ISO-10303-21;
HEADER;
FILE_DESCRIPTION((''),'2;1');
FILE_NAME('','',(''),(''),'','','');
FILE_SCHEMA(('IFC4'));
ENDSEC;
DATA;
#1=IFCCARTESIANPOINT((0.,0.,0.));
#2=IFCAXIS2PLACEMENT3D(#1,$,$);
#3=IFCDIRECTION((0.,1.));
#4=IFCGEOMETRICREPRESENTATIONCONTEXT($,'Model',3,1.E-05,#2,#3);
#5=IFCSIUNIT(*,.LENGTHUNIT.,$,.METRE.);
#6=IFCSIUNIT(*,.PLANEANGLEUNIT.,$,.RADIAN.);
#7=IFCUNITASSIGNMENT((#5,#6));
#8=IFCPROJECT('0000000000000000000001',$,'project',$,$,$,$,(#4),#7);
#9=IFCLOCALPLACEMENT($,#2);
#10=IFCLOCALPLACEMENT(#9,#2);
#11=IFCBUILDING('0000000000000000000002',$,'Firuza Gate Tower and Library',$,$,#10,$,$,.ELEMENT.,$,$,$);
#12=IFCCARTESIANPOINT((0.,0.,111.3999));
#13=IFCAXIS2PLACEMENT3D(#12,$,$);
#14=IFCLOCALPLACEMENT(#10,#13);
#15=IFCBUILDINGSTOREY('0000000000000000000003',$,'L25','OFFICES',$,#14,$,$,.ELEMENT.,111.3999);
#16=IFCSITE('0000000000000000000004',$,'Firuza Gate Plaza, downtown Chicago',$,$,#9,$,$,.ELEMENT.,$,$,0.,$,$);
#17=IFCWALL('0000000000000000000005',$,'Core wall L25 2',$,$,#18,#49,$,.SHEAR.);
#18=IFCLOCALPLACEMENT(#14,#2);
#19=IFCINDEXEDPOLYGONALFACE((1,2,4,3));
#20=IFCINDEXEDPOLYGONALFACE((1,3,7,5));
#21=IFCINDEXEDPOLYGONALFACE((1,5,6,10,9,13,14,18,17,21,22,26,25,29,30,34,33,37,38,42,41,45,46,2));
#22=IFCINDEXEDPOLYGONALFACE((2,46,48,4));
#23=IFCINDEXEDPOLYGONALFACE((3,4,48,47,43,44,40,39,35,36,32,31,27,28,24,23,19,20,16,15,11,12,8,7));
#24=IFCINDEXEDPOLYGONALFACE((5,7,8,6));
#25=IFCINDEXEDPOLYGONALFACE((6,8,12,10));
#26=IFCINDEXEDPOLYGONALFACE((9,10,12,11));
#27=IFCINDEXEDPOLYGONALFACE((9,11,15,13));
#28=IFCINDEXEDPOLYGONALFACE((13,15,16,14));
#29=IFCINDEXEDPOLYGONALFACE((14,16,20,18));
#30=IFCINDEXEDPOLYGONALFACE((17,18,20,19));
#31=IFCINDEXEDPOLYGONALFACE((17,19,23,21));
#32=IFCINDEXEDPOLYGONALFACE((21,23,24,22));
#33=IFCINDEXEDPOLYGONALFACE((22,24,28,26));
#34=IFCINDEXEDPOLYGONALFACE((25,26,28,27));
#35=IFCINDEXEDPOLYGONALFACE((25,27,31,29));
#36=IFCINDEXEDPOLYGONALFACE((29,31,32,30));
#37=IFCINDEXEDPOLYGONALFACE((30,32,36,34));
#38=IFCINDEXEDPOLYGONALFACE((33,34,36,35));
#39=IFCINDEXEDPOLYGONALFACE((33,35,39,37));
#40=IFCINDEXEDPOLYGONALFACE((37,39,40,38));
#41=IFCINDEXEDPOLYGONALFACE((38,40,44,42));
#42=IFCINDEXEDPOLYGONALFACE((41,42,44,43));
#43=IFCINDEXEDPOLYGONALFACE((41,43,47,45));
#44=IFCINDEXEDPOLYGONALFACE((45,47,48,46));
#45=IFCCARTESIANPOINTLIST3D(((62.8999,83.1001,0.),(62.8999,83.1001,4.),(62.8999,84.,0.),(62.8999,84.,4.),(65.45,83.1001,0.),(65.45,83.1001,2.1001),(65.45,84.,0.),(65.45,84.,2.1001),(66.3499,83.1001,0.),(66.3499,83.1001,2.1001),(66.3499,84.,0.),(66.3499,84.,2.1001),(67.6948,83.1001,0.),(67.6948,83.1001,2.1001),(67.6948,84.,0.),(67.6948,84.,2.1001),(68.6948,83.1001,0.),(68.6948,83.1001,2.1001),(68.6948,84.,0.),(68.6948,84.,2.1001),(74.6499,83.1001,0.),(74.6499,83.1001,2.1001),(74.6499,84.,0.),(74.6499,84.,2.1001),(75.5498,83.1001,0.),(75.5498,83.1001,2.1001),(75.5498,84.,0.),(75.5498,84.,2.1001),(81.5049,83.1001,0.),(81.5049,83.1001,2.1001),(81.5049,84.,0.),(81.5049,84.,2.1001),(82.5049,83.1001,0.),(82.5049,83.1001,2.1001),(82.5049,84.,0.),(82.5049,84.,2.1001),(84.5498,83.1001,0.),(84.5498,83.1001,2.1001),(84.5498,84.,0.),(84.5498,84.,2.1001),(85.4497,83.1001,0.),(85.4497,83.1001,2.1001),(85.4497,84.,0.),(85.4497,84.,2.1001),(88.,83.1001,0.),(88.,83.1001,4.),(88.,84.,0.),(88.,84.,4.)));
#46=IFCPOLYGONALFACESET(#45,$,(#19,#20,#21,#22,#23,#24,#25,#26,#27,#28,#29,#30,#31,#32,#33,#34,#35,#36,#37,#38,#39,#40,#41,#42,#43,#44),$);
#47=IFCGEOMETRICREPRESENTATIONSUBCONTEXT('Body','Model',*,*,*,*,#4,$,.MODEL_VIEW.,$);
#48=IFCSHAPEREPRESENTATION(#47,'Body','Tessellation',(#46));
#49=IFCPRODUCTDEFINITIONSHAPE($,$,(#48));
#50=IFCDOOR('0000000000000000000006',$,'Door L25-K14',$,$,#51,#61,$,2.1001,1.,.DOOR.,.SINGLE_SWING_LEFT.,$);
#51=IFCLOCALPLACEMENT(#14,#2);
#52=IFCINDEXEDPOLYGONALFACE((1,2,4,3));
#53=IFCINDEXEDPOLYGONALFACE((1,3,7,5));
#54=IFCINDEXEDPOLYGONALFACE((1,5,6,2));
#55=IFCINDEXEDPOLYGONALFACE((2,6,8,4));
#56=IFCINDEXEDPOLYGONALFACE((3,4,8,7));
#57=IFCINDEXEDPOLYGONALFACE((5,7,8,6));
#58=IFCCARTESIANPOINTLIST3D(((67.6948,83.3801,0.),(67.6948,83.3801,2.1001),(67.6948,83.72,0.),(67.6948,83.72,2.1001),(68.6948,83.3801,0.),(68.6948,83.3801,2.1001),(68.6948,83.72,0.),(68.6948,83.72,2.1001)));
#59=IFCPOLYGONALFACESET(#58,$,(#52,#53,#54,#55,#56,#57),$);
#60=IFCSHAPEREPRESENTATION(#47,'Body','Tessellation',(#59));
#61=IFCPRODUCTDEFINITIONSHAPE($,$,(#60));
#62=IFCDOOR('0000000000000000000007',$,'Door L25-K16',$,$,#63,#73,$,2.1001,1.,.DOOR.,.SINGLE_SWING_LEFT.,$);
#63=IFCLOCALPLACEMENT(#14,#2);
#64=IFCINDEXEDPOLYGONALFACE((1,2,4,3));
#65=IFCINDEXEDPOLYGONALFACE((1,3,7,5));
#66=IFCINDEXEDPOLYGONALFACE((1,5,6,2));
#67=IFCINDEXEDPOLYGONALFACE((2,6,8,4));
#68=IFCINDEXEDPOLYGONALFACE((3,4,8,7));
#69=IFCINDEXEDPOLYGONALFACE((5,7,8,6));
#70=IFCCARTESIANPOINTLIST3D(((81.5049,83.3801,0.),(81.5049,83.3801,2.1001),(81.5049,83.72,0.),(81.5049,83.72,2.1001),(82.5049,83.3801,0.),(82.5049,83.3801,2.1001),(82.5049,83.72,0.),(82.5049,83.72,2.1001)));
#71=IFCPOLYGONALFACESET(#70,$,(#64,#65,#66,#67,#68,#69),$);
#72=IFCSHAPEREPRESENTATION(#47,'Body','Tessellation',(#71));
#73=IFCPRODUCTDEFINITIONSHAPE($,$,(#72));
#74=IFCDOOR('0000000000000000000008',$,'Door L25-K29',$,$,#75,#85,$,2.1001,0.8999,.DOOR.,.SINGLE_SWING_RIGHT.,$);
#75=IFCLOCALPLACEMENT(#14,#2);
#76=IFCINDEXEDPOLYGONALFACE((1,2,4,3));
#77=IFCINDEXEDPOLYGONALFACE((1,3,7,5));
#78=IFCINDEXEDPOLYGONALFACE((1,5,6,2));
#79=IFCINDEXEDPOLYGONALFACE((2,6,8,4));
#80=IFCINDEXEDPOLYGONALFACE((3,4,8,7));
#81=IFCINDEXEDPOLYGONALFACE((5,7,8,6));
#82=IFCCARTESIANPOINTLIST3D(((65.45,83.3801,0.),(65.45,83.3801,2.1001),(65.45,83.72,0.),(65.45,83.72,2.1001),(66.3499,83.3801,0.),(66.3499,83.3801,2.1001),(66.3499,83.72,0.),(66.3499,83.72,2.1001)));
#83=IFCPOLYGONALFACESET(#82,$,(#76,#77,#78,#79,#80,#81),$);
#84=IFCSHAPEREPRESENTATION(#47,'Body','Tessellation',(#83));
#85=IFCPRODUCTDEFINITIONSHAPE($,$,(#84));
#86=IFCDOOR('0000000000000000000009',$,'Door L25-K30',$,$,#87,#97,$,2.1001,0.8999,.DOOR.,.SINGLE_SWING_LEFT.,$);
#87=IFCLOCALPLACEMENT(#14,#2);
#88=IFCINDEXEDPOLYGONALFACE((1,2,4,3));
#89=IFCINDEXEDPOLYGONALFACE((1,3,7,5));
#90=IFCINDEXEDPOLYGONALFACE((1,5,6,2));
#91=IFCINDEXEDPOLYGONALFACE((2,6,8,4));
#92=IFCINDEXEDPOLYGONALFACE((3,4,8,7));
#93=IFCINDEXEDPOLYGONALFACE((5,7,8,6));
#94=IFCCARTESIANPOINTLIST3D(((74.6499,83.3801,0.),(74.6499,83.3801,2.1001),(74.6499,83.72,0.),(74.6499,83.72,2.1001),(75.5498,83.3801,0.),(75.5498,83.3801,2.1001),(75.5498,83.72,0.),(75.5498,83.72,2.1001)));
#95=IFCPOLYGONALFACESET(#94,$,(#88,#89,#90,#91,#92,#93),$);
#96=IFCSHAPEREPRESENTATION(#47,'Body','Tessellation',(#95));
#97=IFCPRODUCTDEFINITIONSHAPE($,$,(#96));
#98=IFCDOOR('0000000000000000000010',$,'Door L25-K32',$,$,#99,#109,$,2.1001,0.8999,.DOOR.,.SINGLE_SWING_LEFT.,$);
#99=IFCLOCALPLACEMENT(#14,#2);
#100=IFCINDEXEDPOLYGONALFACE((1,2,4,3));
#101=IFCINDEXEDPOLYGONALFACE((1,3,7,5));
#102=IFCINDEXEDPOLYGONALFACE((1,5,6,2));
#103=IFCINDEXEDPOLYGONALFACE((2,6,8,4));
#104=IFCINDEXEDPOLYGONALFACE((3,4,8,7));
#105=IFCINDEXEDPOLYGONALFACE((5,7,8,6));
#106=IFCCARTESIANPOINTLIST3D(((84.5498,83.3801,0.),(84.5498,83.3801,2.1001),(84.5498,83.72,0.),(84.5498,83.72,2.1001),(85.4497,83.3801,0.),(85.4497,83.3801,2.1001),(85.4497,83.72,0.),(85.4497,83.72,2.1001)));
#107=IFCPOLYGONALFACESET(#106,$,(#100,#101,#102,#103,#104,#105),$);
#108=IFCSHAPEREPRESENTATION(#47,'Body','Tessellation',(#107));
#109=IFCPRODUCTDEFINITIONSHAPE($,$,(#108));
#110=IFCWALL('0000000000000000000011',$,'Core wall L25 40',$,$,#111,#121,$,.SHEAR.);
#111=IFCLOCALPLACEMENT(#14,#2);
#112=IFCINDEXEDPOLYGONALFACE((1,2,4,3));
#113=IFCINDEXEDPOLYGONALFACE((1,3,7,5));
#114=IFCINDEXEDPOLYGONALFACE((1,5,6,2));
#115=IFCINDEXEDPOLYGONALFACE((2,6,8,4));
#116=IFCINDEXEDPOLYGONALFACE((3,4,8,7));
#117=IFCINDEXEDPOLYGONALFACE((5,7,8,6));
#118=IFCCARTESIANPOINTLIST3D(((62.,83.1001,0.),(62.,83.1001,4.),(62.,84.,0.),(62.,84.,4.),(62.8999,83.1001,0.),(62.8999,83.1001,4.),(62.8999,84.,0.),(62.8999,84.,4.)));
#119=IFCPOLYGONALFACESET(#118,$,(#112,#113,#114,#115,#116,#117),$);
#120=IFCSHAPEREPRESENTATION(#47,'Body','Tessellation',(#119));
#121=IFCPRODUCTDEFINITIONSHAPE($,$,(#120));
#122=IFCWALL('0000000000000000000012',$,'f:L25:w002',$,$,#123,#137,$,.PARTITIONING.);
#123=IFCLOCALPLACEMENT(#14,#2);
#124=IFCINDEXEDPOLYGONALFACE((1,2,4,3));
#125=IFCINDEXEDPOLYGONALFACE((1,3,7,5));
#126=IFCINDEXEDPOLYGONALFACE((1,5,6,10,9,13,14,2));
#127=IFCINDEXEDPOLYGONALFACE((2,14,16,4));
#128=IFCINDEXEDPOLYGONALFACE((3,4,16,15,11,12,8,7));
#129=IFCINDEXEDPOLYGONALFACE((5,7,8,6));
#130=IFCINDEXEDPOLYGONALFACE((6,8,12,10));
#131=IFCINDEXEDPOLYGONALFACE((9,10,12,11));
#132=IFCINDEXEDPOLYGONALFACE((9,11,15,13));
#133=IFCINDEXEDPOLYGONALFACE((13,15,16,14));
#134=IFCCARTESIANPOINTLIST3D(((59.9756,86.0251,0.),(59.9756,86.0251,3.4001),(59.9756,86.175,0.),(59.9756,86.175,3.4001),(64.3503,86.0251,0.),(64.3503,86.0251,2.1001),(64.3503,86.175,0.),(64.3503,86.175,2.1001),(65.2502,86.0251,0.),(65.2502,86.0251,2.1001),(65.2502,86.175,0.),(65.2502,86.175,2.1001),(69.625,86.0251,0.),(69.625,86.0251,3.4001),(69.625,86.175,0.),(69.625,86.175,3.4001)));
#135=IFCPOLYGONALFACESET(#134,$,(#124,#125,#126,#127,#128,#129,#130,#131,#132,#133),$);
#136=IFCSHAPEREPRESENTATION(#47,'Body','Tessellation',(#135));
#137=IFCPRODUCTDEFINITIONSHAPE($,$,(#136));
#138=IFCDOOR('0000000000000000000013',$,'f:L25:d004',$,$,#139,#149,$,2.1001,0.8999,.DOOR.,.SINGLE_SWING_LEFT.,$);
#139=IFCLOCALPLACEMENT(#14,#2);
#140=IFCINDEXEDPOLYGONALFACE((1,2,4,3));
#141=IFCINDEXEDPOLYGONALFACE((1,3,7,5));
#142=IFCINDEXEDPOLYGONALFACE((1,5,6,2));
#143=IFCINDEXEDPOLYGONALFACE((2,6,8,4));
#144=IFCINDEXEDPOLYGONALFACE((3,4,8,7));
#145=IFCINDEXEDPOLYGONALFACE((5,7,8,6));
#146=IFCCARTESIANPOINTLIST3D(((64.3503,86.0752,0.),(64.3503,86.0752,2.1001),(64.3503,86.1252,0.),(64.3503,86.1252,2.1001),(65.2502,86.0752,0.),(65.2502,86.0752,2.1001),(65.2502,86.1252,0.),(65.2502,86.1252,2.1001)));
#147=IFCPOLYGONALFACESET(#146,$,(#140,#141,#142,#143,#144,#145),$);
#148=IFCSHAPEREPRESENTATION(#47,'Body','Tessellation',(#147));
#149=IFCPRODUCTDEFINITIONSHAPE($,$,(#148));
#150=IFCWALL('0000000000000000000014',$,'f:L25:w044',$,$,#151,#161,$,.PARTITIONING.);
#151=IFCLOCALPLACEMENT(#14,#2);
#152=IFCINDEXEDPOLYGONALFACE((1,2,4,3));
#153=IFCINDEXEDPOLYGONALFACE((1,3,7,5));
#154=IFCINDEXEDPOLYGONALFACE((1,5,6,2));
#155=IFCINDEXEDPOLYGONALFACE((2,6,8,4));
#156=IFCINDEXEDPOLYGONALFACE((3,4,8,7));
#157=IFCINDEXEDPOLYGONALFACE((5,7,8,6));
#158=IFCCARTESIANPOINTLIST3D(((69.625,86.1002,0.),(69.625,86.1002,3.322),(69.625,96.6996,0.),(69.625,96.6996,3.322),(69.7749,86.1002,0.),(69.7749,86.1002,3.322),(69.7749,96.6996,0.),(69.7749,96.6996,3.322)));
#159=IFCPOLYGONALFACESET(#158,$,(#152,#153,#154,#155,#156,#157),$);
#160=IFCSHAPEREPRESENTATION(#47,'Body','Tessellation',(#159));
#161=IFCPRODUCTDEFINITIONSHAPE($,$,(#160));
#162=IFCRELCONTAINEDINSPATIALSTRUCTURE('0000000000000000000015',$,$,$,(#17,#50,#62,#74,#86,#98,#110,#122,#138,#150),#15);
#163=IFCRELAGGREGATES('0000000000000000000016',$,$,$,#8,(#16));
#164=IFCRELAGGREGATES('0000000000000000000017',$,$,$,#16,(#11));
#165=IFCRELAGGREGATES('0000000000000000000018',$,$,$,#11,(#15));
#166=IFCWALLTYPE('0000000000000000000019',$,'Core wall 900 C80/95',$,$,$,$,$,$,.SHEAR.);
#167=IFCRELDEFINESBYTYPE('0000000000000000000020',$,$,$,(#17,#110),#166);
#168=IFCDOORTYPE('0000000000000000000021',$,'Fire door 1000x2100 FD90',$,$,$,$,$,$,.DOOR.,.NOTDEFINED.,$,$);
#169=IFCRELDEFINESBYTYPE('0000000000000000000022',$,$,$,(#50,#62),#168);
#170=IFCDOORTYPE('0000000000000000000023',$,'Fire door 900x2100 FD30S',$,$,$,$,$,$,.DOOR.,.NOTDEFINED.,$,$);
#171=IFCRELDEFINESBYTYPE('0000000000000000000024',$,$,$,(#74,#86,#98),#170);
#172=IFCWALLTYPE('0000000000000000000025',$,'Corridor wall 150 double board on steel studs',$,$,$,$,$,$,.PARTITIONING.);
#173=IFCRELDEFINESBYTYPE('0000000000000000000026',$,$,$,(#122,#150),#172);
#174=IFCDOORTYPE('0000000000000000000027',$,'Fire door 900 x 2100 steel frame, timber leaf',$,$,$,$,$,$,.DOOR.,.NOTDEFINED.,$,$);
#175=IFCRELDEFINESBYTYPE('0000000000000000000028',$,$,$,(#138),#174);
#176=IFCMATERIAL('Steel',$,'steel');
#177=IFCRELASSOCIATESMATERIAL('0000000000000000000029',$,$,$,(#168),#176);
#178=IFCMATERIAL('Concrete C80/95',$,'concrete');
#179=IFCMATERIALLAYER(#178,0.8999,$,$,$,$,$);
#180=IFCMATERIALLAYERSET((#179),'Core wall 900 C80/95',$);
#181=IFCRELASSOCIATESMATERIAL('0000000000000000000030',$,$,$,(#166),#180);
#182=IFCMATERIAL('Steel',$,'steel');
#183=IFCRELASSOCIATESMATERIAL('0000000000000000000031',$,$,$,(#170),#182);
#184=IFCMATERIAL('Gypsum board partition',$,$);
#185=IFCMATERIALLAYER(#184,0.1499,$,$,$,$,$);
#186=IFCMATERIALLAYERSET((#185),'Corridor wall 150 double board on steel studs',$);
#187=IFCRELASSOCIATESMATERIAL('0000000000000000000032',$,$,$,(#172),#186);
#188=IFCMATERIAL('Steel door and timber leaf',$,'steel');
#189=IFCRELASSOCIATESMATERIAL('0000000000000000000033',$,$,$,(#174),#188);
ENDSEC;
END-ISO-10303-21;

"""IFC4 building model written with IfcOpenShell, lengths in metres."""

from ifc_helpers import new_model, si_unit, direction, frame, frame_2d, origin, place, context, subcontext, project, spatial, rectangle, extrude, material, layer, layer_set, type_object, element, fill, save


model = new_model("IFC4")

# Units and contexts
model_context = context("Model", 3, precision=1e-05, world=origin(), true_north=direction((0.0, 1.0)))
body_context = subcontext(model_context, "Body", "Model", "MODEL_VIEW")
ifc_project = project(units=[si_unit("LENGTHUNIT", "METRE"), si_unit("PLANEANGLEUNIT", "RADIAN")], contexts=[model_context])

# Site, building, storey
site_placement = place(None, origin())
site = spatial("IfcSite", under=ifc_project, at=site_placement, Name="Firuza Gate Plaza, downtown Chicago", CompositionType="ELEMENT", RefElevation=0.0)
building_placement = place(site_placement, origin())
building = spatial("IfcBuilding", under=site, at=building_placement, Name="Firuza Gate Tower and Library", CompositionType="ELEMENT")
storey_placement = place(building_placement, frame((0.0, 0.0, 111.3999)))
storey = spatial("IfcBuildingStorey", under=building, at=storey_placement, Name="L25", Description="OFFICES", CompositionType="ELEMENT", Elevation=111.3999)

# Shared definitions
ifc_material_1 = material(Name="Steel", Category="steel")
door_type_1 = type_object("IfcDoorType", Name="Fire door 1000x2100 FD90", OperationType="NOTDEFINED", PredefinedType="DOOR", material=ifc_material_1)

# Wall, openings, doors
ifc_material_2 = material(Name="Concrete C80/95", Category="concrete")
ifc_layer_1 = layer(ifc_material_2, 0.8999)
ifc_layer_set_1 = layer_set([ifc_layer_1], Name="Core wall 900 C80/95")
wall_type_1 = type_object("IfcWallType", Name="Core wall 900 C80/95", PredefinedType="SHEAR", material=ifc_layer_set_1)
wall_1_placement = place(storey_placement, frame((62.8999, 83.55, 0.0), z_axis=(0.0, 0.0, 1.0), x_axis=(1.0, 0.0, 0.0)))
wall_1 = element("IfcWall", 1, at=wall_1_placement, inside=storey, type_object=wall_type_1, Name="Core wall L25 2", PredefinedType="SHEAR", context=body_context, shape_type="SweptSolid", body=[
    extrude(rectangle(XDim=25.1001, YDim=0.8999, at=frame_2d((12.55, 0.0))), origin(), (0.0, 0.0, 1.0), 4.0),
])
opening_1_placement = place(wall_1_placement, frame((4.7949, 0.0, 0.0)))
opening_1 = element("IfcOpeningElement", 2, at=opening_1_placement, cuts=wall_1, PredefinedType="OPENING", context=body_context, shape_type="SweptSolid", body=[
    extrude(rectangle(XDim=1.0, YDim=2.1001, at=frame_2d((0.5, 1.05))), frame((0.0, 0.46, 0.0), z_axis=(0.0, -1.0, 0.0), x_axis=(1.0, 0.0, 0.0)), (0.0, 0.0, 1.0), 0.9199),
])
opening_2_placement = place(wall_1_placement, frame((18.605, 0.0, 0.0)))
opening_2 = element("IfcOpeningElement", 3, at=opening_2_placement, cuts=wall_1, PredefinedType="OPENING", context=body_context, shape_type="SweptSolid", body=[
    extrude(rectangle(XDim=1.0, YDim=2.1001, at=frame_2d((0.5, 1.05))), frame((0.0, 0.46, 0.0), z_axis=(0.0, -1.0, 0.0), x_axis=(1.0, 0.0, 0.0)), (0.0, 0.0, 1.0), 0.9199),
])
opening_3_placement = place(wall_1_placement, frame((2.55, 0.0, 0.0)))
opening_3 = element("IfcOpeningElement", 4, at=opening_3_placement, cuts=wall_1, PredefinedType="OPENING", context=body_context, shape_type="SweptSolid", body=[
    extrude(rectangle(XDim=0.8999, YDim=2.1001, at=frame_2d((0.45, 1.05))), frame((0.0, 0.46, 0.0), z_axis=(0.0, -1.0, 0.0), x_axis=(1.0, 0.0, 0.0)), (0.0, 0.0, 1.0), 0.9199),
])
opening_4_placement = place(wall_1_placement, frame((11.75, 0.0, 0.0)))
opening_4 = element("IfcOpeningElement", 5, at=opening_4_placement, cuts=wall_1, PredefinedType="OPENING", context=body_context, shape_type="SweptSolid", body=[
    extrude(rectangle(XDim=0.8999, YDim=2.1001, at=frame_2d((0.45, 1.05))), frame((0.0, 0.46, 0.0), z_axis=(0.0, -1.0, 0.0), x_axis=(1.0, 0.0, 0.0)), (0.0, 0.0, 1.0), 0.9199),
])
opening_5_placement = place(wall_1_placement, frame((21.6499, 0.0, 0.0)))
opening_5 = element("IfcOpeningElement", 6, at=opening_5_placement, cuts=wall_1, PredefinedType="OPENING", context=body_context, shape_type="SweptSolid", body=[
    extrude(rectangle(XDim=0.8999, YDim=2.1001, at=frame_2d((0.45, 1.05))), frame((0.0, 0.46, 0.0), z_axis=(0.0, -1.0, 0.0), x_axis=(1.0, 0.0, 0.0)), (0.0, 0.0, 1.0), 0.9199),
])
door_1_placement = place(opening_1_placement, origin())
door_1 = element("IfcDoor", 7, at=door_1_placement, inside=storey, type_object=door_type_1, Name="Door L25-K14", OperationType="SINGLE_SWING_LEFT", OverallHeight=2.1001, OverallWidth=1.0, PredefinedType="DOOR", context=body_context, shape_type="SweptSolid", body=[
    extrude(rectangle(XDim=1.0, YDim=2.1001, at=frame_2d((0.5, 1.05))), frame((0.0, 0.1699, 0.0), z_axis=(0.0, -1.0, 0.0), x_axis=(1.0, 0.0, 0.0)), (0.0, 0.0, 1.0), 0.3398),
])
fill(opening_1, door_1)
door_2_placement = place(opening_2_placement, origin())
door_2 = element("IfcDoor", 8, at=door_2_placement, inside=storey, type_object=door_type_1, Name="Door L25-K16", OperationType="SINGLE_SWING_LEFT", OverallHeight=2.1001, OverallWidth=1.0, PredefinedType="DOOR", context=body_context, shape_type="SweptSolid", body=[
    extrude(rectangle(XDim=1.0, YDim=2.1001, at=frame_2d((0.5, 1.05))), frame((0.0, 0.1699, 0.0), z_axis=(0.0, -1.0, 0.0), x_axis=(1.0, 0.0, 0.0)), (0.0, 0.0, 1.0), 0.3398),
])
fill(opening_2, door_2)
ifc_material_3 = material(Name="Steel", Category="steel")
door_type_2 = type_object("IfcDoorType", Name="Fire door 900x2100 FD30S", OperationType="NOTDEFINED", PredefinedType="DOOR", material=ifc_material_3)
door_3_placement = place(opening_3_placement, origin())
door_3 = element("IfcDoor", 9, at=door_3_placement, inside=storey, type_object=door_type_2, Name="Door L25-K29", OperationType="SINGLE_SWING_RIGHT", OverallHeight=2.1001, OverallWidth=0.8999, PredefinedType="DOOR", context=body_context, shape_type="SweptSolid", body=[
    extrude(rectangle(XDim=0.8999, YDim=2.1001, at=frame_2d((0.45, 1.05))), frame((0.0, 0.1699, 0.0), z_axis=(0.0, -1.0, 0.0), x_axis=(1.0, 0.0, 0.0)), (0.0, 0.0, 1.0), 0.3398),
])
fill(opening_3, door_3)
door_4_placement = place(opening_4_placement, origin())
door_4 = element("IfcDoor", 10, at=door_4_placement, inside=storey, type_object=door_type_2, Name="Door L25-K30", OperationType="SINGLE_SWING_LEFT", OverallHeight=2.1001, OverallWidth=0.8999, PredefinedType="DOOR", context=body_context, shape_type="SweptSolid", body=[
    extrude(rectangle(XDim=0.8999, YDim=2.1001, at=frame_2d((0.45, 1.05))), frame((0.0, 0.1699, 0.0), z_axis=(0.0, -1.0, 0.0), x_axis=(1.0, 0.0, 0.0)), (0.0, 0.0, 1.0), 0.3398),
])
fill(opening_4, door_4)
door_5_placement = place(opening_5_placement, origin())
door_5 = element("IfcDoor", 11, at=door_5_placement, inside=storey, type_object=door_type_2, Name="Door L25-K32", OperationType="SINGLE_SWING_LEFT", OverallHeight=2.1001, OverallWidth=0.8999, PredefinedType="DOOR", context=body_context, shape_type="SweptSolid", body=[
    extrude(rectangle(XDim=0.8999, YDim=2.1001, at=frame_2d((0.45, 1.05))), frame((0.0, 0.1699, 0.0), z_axis=(0.0, -1.0, 0.0), x_axis=(1.0, 0.0, 0.0)), (0.0, 0.0, 1.0), 0.3398),
])
fill(opening_5, door_5)

# Wall
wall_2_placement = place(storey_placement, frame((62.0, 83.55, 0.0), z_axis=(0.0, 0.0, 1.0), x_axis=(1.0, 0.0, 0.0)))
element("IfcWall", 12, at=wall_2_placement, inside=storey, type_object=wall_type_1, Name="Core wall L25 40", PredefinedType="SHEAR", context=body_context, shape_type="SweptSolid", body=[
    extrude(rectangle(XDim=0.8999, YDim=0.8999, at=frame_2d((0.45, 0.0))), origin(), (0.0, 0.0, 1.0), 4.0),
])

# Wall, opening, door
ifc_material_4 = material(Name="Gypsum board partition")
ifc_layer_2 = layer(ifc_material_4, 0.1499)
ifc_layer_set_2 = layer_set([ifc_layer_2], Name="Corridor wall 150 double board on steel studs")
wall_type_2 = type_object("IfcWallType", Name="Corridor wall 150 double board on steel studs", PredefinedType="PARTITIONING", material=ifc_layer_set_2)
wall_3_placement = place(storey_placement, frame((69.625, 86.1001, 0.0), z_axis=(0.0, 0.0, 1.0), x_axis=(-1.0, 0.0, 0.0)))
wall_3 = element("IfcWall", 13, at=wall_3_placement, inside=storey, type_object=wall_type_2, Name="f:L25:w002", PredefinedType="PARTITIONING", context=body_context, shape_type="SweptSolid", body=[
    extrude(rectangle(XDim=9.6494, YDim=0.1499, at=frame_2d((4.8247, 0.0))), origin(), (0.0, 0.0, 1.0), 3.4001),
])
opening_6_placement = place(wall_3_placement, frame((4.3748, 0.0, 0.0)))
opening_6 = element("IfcOpeningElement", 14, at=opening_6_placement, cuts=wall_3, PredefinedType="OPENING", context=body_context, shape_type="SweptSolid", body=[
    extrude(rectangle(XDim=0.8999, YDim=2.1001, at=frame_2d((0.45, 1.05))), frame((0.0, 0.085, 0.0), z_axis=(0.0, -1.0, 0.0), x_axis=(1.0, 0.0, 0.0)), (0.0, 0.0, 1.0), 0.1699),
])
ifc_material_5 = material(Name="Steel door and timber leaf", Category="steel")
door_type_3 = type_object("IfcDoorType", Name="Fire door 900 x 2100 steel frame, timber leaf", OperationType="NOTDEFINED", PredefinedType="DOOR", material=ifc_material_5)
door_6_placement = place(opening_6_placement, origin())
door_6 = element("IfcDoor", 15, at=door_6_placement, inside=storey, type_object=door_type_3, Name="f:L25:d004", OperationType="SINGLE_SWING_LEFT", OverallHeight=2.1001, OverallWidth=0.8999, PredefinedType="DOOR", context=body_context, shape_type="SweptSolid", body=[
    extrude(rectangle(XDim=0.8999, YDim=2.1001, at=frame_2d((0.45, 1.05))), frame((0.0, 0.0249, 0.0), z_axis=(0.0, -1.0, 0.0), x_axis=(1.0, 0.0, 0.0)), (0.0, 0.0, 1.0), 0.05),
])
fill(opening_6, door_6)

# Wall
wall_4_placement = place(storey_placement, frame((69.7, 86.1001, 0.0), z_axis=(0.0, 0.0, 1.0), x_axis=(0.0, 1.0, 0.0)))
element("IfcWall", 16, at=wall_4_placement, inside=storey, type_object=wall_type_2, Name="f:L25:w044", PredefinedType="PARTITIONING", context=body_context, shape_type="SweptSolid", body=[
    extrude(rectangle(XDim=10.5994, YDim=0.1499, at=frame_2d((5.2998, 0.0))), origin(), (0.0, 0.0, 1.0), 3.322),
])

save(model, "model.ifc")
